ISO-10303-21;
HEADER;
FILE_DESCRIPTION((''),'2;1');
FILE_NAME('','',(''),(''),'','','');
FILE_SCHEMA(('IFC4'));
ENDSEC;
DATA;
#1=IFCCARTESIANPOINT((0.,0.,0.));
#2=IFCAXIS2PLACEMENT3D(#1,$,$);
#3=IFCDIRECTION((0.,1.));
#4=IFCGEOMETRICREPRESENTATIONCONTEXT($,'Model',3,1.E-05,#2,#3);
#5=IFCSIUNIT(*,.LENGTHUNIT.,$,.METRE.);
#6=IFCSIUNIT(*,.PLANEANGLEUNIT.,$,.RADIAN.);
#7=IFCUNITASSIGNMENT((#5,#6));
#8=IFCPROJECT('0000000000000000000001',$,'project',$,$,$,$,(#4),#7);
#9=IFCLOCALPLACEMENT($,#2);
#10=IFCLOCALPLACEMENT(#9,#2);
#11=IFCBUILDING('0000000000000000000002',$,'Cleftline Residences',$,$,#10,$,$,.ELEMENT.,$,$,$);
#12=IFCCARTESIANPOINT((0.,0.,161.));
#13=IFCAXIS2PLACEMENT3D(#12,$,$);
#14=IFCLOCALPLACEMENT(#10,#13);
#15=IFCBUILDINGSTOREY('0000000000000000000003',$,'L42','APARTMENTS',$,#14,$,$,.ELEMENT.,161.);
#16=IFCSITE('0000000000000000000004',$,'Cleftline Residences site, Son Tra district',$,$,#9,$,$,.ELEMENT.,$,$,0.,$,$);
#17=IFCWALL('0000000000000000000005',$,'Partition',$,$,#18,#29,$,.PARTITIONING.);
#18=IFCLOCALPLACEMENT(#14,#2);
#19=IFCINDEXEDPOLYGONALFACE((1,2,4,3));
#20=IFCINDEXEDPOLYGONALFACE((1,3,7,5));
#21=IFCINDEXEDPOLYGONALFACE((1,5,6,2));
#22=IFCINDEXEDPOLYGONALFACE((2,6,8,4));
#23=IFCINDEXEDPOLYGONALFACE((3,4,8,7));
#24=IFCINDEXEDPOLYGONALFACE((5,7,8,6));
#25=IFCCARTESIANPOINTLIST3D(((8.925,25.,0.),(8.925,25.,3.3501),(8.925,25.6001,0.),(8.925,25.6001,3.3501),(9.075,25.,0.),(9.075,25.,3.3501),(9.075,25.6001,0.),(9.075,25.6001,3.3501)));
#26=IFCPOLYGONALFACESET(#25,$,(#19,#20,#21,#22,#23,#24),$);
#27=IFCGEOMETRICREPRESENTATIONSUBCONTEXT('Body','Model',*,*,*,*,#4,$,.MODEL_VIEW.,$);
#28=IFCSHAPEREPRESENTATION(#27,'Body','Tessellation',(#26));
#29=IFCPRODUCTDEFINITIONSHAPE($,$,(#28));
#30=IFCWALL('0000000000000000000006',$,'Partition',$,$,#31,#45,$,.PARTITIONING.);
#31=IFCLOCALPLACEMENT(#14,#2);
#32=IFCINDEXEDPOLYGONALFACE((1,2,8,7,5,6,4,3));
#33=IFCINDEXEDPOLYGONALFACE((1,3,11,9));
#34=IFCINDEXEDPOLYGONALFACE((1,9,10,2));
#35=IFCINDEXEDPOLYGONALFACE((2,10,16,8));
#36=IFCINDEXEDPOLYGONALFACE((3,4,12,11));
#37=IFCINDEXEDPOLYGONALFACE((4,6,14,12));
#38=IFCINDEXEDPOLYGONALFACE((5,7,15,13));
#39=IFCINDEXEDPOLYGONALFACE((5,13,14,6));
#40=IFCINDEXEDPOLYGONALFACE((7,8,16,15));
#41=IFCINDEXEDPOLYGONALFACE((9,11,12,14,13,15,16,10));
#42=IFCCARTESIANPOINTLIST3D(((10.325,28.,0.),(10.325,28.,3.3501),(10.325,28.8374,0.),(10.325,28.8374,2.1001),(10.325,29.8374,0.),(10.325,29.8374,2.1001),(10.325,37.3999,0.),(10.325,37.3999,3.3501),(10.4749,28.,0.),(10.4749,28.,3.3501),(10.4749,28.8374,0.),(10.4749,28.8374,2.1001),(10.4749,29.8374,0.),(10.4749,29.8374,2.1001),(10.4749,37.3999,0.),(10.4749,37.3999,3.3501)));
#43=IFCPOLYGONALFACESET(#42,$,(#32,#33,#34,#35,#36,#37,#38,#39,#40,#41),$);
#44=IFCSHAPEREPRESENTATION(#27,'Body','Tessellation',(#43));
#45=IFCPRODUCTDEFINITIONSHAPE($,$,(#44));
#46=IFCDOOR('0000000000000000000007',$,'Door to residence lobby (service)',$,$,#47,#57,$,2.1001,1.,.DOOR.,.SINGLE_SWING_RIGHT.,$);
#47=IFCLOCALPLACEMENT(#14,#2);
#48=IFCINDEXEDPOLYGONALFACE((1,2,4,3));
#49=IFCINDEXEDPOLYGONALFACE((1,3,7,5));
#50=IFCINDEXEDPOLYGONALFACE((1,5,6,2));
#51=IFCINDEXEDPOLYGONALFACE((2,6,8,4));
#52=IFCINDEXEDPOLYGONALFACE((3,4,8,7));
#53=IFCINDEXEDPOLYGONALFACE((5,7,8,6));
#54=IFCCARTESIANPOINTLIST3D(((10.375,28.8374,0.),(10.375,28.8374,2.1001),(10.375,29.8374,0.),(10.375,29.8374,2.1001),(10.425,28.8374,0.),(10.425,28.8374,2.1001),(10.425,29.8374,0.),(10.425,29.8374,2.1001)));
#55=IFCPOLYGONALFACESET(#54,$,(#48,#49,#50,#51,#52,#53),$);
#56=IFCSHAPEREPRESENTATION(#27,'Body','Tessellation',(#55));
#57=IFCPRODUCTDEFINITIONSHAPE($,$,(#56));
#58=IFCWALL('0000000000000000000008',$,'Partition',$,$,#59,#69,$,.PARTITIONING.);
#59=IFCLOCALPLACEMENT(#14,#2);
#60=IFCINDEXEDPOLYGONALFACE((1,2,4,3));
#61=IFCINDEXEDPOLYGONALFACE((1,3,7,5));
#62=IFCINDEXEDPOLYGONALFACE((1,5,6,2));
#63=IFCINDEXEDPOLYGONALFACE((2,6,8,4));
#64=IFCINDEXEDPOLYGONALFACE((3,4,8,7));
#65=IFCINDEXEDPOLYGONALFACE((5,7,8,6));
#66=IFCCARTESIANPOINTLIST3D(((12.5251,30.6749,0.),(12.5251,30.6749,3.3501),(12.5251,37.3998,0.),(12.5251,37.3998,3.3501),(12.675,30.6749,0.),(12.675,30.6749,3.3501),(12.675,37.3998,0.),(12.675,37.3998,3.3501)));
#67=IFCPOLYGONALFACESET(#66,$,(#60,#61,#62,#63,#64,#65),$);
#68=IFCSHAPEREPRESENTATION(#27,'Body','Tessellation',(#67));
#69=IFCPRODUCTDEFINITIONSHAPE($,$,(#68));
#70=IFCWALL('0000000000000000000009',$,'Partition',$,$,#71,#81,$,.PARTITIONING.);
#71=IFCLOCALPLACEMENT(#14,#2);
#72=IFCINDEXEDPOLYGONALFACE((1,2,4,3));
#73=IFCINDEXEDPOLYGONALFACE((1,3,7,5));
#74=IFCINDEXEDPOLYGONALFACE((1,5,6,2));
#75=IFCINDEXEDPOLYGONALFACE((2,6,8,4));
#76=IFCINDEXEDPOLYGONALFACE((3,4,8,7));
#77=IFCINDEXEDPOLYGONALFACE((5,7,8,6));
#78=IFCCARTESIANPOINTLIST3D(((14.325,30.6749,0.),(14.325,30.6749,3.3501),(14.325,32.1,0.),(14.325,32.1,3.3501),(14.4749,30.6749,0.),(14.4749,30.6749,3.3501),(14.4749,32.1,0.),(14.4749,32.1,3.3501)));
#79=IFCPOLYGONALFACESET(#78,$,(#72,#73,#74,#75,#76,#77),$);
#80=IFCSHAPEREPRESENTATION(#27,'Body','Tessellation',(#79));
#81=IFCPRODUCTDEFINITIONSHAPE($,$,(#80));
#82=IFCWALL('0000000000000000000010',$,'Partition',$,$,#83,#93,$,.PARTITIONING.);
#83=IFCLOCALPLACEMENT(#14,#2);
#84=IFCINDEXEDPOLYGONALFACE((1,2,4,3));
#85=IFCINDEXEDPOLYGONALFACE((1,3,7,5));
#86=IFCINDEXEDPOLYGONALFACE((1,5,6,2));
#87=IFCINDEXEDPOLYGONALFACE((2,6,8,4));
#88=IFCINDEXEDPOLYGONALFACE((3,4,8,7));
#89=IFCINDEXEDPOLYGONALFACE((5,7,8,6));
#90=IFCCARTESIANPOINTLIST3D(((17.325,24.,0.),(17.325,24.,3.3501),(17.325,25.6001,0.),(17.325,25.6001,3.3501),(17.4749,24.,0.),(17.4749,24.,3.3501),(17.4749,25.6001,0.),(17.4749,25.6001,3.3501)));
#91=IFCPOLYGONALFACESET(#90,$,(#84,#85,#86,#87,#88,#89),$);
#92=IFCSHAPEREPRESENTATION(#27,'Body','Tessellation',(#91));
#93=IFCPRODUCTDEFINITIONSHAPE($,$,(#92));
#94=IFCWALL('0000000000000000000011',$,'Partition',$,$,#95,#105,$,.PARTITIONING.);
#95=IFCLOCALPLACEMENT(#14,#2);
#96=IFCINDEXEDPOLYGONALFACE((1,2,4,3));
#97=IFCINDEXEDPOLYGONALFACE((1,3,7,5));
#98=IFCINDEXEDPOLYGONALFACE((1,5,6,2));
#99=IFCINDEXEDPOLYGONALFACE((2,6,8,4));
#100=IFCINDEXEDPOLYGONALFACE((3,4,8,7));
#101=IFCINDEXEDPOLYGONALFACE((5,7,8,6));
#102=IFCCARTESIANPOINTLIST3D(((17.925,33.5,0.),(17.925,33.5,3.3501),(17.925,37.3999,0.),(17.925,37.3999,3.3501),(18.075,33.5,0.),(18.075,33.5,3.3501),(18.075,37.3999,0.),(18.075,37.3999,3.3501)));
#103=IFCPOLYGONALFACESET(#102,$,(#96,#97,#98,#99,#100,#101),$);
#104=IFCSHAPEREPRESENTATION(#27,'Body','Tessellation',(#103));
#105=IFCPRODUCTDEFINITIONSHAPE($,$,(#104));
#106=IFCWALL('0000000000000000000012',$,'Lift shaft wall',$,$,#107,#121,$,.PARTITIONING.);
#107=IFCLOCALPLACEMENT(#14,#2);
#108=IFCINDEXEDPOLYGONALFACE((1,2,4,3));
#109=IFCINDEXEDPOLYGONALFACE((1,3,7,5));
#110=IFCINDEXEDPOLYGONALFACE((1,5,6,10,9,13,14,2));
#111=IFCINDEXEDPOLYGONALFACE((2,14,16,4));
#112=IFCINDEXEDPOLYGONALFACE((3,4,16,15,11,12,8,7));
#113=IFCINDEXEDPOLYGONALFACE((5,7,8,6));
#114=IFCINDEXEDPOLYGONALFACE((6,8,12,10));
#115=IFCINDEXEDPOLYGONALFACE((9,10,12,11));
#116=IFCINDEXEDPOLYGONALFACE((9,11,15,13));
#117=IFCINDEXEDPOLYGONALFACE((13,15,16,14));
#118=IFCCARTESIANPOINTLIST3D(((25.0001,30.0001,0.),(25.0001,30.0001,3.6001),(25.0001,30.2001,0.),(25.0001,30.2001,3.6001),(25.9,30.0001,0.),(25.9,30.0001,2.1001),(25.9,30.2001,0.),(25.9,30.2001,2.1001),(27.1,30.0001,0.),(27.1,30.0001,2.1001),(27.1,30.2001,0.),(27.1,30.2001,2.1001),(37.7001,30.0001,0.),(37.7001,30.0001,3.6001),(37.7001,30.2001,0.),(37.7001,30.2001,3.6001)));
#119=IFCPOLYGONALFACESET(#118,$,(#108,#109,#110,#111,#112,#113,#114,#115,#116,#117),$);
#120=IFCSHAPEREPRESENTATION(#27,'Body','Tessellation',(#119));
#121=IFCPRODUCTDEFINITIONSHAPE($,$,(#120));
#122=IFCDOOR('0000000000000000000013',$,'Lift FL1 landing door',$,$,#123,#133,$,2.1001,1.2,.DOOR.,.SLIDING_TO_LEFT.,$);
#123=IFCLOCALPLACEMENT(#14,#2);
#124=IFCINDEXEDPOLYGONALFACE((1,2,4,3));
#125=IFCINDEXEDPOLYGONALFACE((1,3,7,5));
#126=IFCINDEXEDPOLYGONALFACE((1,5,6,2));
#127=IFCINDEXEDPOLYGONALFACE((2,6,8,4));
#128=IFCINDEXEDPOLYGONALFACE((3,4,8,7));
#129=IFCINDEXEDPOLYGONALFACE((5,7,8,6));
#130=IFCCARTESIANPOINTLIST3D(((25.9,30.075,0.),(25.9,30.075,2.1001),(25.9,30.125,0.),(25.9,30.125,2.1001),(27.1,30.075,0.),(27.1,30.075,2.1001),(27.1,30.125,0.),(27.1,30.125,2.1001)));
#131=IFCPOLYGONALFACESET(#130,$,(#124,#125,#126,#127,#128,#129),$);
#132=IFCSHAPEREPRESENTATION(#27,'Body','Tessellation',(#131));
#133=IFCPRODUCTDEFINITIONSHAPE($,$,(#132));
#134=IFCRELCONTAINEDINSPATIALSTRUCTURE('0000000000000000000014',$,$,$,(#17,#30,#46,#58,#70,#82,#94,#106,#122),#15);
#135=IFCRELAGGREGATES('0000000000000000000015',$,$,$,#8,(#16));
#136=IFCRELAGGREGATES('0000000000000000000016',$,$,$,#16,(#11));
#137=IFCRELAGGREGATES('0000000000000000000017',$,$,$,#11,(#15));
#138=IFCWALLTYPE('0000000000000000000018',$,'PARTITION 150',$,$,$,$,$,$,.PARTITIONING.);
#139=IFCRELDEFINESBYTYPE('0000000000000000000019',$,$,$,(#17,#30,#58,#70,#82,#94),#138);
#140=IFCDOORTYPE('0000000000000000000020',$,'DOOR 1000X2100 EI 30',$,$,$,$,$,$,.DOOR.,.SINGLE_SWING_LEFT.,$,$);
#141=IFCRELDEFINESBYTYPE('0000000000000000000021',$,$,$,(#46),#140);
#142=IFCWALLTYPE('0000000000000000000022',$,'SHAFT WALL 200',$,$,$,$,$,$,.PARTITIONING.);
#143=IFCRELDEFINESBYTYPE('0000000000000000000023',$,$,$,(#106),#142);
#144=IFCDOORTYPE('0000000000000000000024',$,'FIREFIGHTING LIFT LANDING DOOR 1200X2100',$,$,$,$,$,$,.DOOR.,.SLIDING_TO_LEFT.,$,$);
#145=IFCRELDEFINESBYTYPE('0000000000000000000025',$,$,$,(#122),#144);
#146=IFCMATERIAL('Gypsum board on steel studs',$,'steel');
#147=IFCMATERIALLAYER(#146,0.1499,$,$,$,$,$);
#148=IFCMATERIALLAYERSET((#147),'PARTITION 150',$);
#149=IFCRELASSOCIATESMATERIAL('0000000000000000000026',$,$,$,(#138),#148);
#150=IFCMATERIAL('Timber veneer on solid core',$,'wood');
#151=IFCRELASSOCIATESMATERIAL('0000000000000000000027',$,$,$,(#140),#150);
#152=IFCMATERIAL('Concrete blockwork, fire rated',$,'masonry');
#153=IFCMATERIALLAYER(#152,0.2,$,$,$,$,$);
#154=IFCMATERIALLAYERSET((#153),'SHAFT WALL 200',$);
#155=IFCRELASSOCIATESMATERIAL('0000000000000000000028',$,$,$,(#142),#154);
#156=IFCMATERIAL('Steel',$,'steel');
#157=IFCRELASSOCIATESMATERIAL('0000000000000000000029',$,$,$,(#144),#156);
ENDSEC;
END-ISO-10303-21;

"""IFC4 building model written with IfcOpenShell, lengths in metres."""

from ifc_helpers import new_model, si_unit, direction, frame, frame_2d, origin, place, context, subcontext, project, spatial, rectangle, extrude, material, layer, layer_set, type_object, element, fill, save


model = new_model("IFC4")

# Units and contexts
model_context = context("Model", 3, precision=1e-05, world=origin(), true_north=direction((0.0, 1.0)))
body_context = subcontext(model_context, "Body", "Model", "MODEL_VIEW")
ifc_project = project(units=[si_unit("LENGTHUNIT", "METRE"), si_unit("PLANEANGLEUNIT", "RADIAN")], contexts=[model_context])

# Site, building, storey
site_placement = place(None, origin())
site = spatial("IfcSite", under=ifc_project, at=site_placement, Name="Cleftline Residences site, Son Tra district", CompositionType="ELEMENT", RefElevation=0.0)
building_placement = place(site_placement, origin())
building = spatial("IfcBuilding", under=site, at=building_placement, Name="Cleftline Residences", CompositionType="ELEMENT")
storey_placement = place(building_placement, frame((0.0, 0.0, 161.0)))
storey = spatial("IfcBuildingStorey", under=building, at=storey_placement, Name="L42", Description="APARTMENTS", CompositionType="ELEMENT", Elevation=161.0)

# Shared definitions
ifc_material_1 = material(Name="Gypsum board on steel studs", Category="steel")
ifc_layer_1 = layer(ifc_material_1, 0.1499)
ifc_layer_set_1 = layer_set([ifc_layer_1], Name="PARTITION 150")
wall_type_1 = type_object("IfcWallType", Name="PARTITION 150", PredefinedType="PARTITIONING", material=ifc_layer_set_1)

# Wall
wall_1_placement = place(storey_placement, frame((9.0, 25.0, 0.0), z_axis=(0.0, 0.0, 1.0), x_axis=(0.0, 1.0, 0.0)))
element("IfcWall", 1, at=wall_1_placement, inside=storey, type_object=wall_type_1, Name="Partition", PredefinedType="PARTITIONING", context=body_context, shape_type="SweptSolid", body=[
    extrude(rectangle(XDim=0.6001, YDim=0.1499, at=frame_2d((0.3, 0.0))), origin(), (0.0, 0.0, 1.0), 3.3501),
])

# Wall, opening, door
wall_2_placement = place(storey_placement, frame((10.3999, 28.0, 0.0), z_axis=(0.0, 0.0, 1.0), x_axis=(0.0, 1.0, 0.0)))
wall_2 = element("IfcWall", 2, at=wall_2_placement, inside=storey, type_object=wall_type_1, Name="Partition", PredefinedType="PARTITIONING", context=body_context, shape_type="SweptSolid", body=[
    extrude(rectangle(XDim=9.3999, YDim=0.1499, at=frame_2d((4.7, 0.0))), origin(), (0.0, 0.0, 1.0), 3.3501),
])
opening_1_placement = place(wall_2_placement, frame((0.8374, 0.0, 0.0)))
opening_1 = element("IfcOpeningElement", 3, at=opening_1_placement, cuts=wall_2, PredefinedType="OPENING", context=body_context, shape_type="SweptSolid", body=[
    extrude(rectangle(XDim=1.0, YDim=2.1001, at=frame_2d((0.5, 1.05))), frame((0.0, 0.085, 0.0), z_axis=(0.0, -1.0, 0.0), x_axis=(1.0, 0.0, 0.0)), (0.0, 0.0, 1.0), 0.1699),
])
ifc_material_2 = material(Name="Timber veneer on solid core", Category="wood")
door_type_1 = type_object("IfcDoorType", Name="DOOR 1000X2100 EI 30", OperationType="SINGLE_SWING_LEFT", PredefinedType="DOOR", material=ifc_material_2)
door_1_placement = place(opening_1_placement, origin())
door_1 = element("IfcDoor", 4, at=door_1_placement, inside=storey, type_object=door_type_1, Name="Door to residence lobby (service)", OperationType="SINGLE_SWING_RIGHT", OverallHeight=2.1001, OverallWidth=1.0, PredefinedType="DOOR", context=body_context, shape_type="SweptSolid", body=[
    extrude(rectangle(XDim=1.0, YDim=2.1001, at=frame_2d((0.5, 1.05))), frame((0.0, 0.0249, 0.0), z_axis=(0.0, -1.0, 0.0), x_axis=(1.0, 0.0, 0.0)), (0.0, 0.0, 1.0), 0.05),
])
fill(opening_1, door_1)

# Walls
wall_3_placement = place(storey_placement, frame((12.6001, 30.675, 0.0), z_axis=(0.0, 0.0, 1.0), x_axis=(0.0, 1.0, 0.0)))
element("IfcWall", 5, at=wall_3_placement, inside=storey, type_object=wall_type_1, Name="Partition", PredefinedType="PARTITIONING", context=body_context, shape_type="SweptSolid", body=[
    extrude(rectangle(XDim=6.7249, YDim=0.1499, at=frame_2d((3.3623, 0.0))), origin(), (0.0, 0.0, 1.0), 3.3501),
])
wall_4_placement = place(storey_placement, frame((14.3999, 30.675, 0.0), z_axis=(0.0, 0.0, 1.0), x_axis=(0.0, 1.0, 0.0)))
element("IfcWall", 6, at=wall_4_placement, inside=storey, type_object=wall_type_1, Name="Partition", PredefinedType="PARTITIONING", context=body_context, shape_type="SweptSolid", body=[
    extrude(rectangle(XDim=1.425, YDim=0.1499, at=frame_2d((0.7124, 0.0))), origin(), (0.0, 0.0, 1.0), 3.3501),
])
wall_5_placement = place(storey_placement, frame((17.3999, 24.0, 0.0), z_axis=(0.0, 0.0, 1.0), x_axis=(0.0, 1.0, 0.0)))
element("IfcWall", 7, at=wall_5_placement, inside=storey, type_object=wall_type_1, Name="Partition", PredefinedType="PARTITIONING", context=body_context, shape_type="SweptSolid", body=[
    extrude(rectangle(XDim=1.6001, YDim=0.1499, at=frame_2d((0.8, 0.0))), origin(), (0.0, 0.0, 1.0), 3.3501),
])
wall_6_placement = place(storey_placement, frame((18.0, 33.5, 0.0), z_axis=(0.0, 0.0, 1.0), x_axis=(0.0, 1.0, 0.0)))
element("IfcWall", 8, at=wall_6_placement, inside=storey, type_object=wall_type_1, Name="Partition", PredefinedType="PARTITIONING", context=body_context, shape_type="SweptSolid", body=[
    extrude(rectangle(XDim=3.8999, YDim=0.1499, at=frame_2d((1.95, 0.0))), origin(), (0.0, 0.0, 1.0), 3.3501),
])

# Wall, opening, door
ifc_material_3 = material(Name="Concrete blockwork, fire rated", Category="masonry")
ifc_layer_2 = layer(ifc_material_3, 0.2)
ifc_layer_set_2 = layer_set([ifc_layer_2], Name="SHAFT WALL 200")
wall_type_2 = type_object("IfcWallType", Name="SHAFT WALL 200", PredefinedType="PARTITIONING", material=ifc_layer_set_2)
wall_7_placement = place(storey_placement, frame((25.0, 30.1001, 0.0), z_axis=(0.0, 0.0, 1.0), x_axis=(1.0, 0.0, 0.0)))
wall_7 = element("IfcWall", 9, at=wall_7_placement, inside=storey, type_object=wall_type_2, Name="Lift shaft wall", PredefinedType="PARTITIONING", context=body_context, shape_type="SweptSolid", body=[
    extrude(rectangle(XDim=12.7, YDim=0.2, at=frame_2d((6.3501, 0.0))), origin(), (0.0, 0.0, 1.0), 3.6001),
])
opening_2_placement = place(wall_7_placement, frame((0.8999, 0.0, 0.0)))
opening_2 = element("IfcOpeningElement", 10, at=opening_2_placement, cuts=wall_7, PredefinedType="OPENING", context=body_context, shape_type="SweptSolid", body=[
    extrude(rectangle(XDim=1.2, YDim=2.1001, at=frame_2d((0.6001, 1.05))), frame((0.0, 0.1099, 0.0), z_axis=(0.0, -1.0, 0.0), x_axis=(1.0, 0.0, 0.0)), (0.0, 0.0, 1.0), 0.22),
])
ifc_material_4 = material(Name="Steel", Category="steel")
door_type_2 = type_object("IfcDoorType", Name="FIREFIGHTING LIFT LANDING DOOR 1200X2100", OperationType="SLIDING_TO_LEFT", PredefinedType="DOOR", material=ifc_material_4)
door_2_placement = place(opening_2_placement, origin())
door_2 = element("IfcDoor", 11, at=door_2_placement, inside=storey, type_object=door_type_2, Name="Lift FL1 landing door", OperationType="SLIDING_TO_LEFT", OverallHeight=2.1001, OverallWidth=1.2, PredefinedType="DOOR", context=body_context, shape_type="SweptSolid", body=[
    extrude(rectangle(XDim=1.2, YDim=2.1001, at=frame_2d((0.6001, 1.05))), frame((0.0, 0.0249, 0.0), z_axis=(0.0, -1.0, 0.0), x_axis=(1.0, 0.0, 0.0)), (0.0, 0.0, 1.0), 0.05),
])
fill(opening_2, door_2)

save(model, "model.ifc")
